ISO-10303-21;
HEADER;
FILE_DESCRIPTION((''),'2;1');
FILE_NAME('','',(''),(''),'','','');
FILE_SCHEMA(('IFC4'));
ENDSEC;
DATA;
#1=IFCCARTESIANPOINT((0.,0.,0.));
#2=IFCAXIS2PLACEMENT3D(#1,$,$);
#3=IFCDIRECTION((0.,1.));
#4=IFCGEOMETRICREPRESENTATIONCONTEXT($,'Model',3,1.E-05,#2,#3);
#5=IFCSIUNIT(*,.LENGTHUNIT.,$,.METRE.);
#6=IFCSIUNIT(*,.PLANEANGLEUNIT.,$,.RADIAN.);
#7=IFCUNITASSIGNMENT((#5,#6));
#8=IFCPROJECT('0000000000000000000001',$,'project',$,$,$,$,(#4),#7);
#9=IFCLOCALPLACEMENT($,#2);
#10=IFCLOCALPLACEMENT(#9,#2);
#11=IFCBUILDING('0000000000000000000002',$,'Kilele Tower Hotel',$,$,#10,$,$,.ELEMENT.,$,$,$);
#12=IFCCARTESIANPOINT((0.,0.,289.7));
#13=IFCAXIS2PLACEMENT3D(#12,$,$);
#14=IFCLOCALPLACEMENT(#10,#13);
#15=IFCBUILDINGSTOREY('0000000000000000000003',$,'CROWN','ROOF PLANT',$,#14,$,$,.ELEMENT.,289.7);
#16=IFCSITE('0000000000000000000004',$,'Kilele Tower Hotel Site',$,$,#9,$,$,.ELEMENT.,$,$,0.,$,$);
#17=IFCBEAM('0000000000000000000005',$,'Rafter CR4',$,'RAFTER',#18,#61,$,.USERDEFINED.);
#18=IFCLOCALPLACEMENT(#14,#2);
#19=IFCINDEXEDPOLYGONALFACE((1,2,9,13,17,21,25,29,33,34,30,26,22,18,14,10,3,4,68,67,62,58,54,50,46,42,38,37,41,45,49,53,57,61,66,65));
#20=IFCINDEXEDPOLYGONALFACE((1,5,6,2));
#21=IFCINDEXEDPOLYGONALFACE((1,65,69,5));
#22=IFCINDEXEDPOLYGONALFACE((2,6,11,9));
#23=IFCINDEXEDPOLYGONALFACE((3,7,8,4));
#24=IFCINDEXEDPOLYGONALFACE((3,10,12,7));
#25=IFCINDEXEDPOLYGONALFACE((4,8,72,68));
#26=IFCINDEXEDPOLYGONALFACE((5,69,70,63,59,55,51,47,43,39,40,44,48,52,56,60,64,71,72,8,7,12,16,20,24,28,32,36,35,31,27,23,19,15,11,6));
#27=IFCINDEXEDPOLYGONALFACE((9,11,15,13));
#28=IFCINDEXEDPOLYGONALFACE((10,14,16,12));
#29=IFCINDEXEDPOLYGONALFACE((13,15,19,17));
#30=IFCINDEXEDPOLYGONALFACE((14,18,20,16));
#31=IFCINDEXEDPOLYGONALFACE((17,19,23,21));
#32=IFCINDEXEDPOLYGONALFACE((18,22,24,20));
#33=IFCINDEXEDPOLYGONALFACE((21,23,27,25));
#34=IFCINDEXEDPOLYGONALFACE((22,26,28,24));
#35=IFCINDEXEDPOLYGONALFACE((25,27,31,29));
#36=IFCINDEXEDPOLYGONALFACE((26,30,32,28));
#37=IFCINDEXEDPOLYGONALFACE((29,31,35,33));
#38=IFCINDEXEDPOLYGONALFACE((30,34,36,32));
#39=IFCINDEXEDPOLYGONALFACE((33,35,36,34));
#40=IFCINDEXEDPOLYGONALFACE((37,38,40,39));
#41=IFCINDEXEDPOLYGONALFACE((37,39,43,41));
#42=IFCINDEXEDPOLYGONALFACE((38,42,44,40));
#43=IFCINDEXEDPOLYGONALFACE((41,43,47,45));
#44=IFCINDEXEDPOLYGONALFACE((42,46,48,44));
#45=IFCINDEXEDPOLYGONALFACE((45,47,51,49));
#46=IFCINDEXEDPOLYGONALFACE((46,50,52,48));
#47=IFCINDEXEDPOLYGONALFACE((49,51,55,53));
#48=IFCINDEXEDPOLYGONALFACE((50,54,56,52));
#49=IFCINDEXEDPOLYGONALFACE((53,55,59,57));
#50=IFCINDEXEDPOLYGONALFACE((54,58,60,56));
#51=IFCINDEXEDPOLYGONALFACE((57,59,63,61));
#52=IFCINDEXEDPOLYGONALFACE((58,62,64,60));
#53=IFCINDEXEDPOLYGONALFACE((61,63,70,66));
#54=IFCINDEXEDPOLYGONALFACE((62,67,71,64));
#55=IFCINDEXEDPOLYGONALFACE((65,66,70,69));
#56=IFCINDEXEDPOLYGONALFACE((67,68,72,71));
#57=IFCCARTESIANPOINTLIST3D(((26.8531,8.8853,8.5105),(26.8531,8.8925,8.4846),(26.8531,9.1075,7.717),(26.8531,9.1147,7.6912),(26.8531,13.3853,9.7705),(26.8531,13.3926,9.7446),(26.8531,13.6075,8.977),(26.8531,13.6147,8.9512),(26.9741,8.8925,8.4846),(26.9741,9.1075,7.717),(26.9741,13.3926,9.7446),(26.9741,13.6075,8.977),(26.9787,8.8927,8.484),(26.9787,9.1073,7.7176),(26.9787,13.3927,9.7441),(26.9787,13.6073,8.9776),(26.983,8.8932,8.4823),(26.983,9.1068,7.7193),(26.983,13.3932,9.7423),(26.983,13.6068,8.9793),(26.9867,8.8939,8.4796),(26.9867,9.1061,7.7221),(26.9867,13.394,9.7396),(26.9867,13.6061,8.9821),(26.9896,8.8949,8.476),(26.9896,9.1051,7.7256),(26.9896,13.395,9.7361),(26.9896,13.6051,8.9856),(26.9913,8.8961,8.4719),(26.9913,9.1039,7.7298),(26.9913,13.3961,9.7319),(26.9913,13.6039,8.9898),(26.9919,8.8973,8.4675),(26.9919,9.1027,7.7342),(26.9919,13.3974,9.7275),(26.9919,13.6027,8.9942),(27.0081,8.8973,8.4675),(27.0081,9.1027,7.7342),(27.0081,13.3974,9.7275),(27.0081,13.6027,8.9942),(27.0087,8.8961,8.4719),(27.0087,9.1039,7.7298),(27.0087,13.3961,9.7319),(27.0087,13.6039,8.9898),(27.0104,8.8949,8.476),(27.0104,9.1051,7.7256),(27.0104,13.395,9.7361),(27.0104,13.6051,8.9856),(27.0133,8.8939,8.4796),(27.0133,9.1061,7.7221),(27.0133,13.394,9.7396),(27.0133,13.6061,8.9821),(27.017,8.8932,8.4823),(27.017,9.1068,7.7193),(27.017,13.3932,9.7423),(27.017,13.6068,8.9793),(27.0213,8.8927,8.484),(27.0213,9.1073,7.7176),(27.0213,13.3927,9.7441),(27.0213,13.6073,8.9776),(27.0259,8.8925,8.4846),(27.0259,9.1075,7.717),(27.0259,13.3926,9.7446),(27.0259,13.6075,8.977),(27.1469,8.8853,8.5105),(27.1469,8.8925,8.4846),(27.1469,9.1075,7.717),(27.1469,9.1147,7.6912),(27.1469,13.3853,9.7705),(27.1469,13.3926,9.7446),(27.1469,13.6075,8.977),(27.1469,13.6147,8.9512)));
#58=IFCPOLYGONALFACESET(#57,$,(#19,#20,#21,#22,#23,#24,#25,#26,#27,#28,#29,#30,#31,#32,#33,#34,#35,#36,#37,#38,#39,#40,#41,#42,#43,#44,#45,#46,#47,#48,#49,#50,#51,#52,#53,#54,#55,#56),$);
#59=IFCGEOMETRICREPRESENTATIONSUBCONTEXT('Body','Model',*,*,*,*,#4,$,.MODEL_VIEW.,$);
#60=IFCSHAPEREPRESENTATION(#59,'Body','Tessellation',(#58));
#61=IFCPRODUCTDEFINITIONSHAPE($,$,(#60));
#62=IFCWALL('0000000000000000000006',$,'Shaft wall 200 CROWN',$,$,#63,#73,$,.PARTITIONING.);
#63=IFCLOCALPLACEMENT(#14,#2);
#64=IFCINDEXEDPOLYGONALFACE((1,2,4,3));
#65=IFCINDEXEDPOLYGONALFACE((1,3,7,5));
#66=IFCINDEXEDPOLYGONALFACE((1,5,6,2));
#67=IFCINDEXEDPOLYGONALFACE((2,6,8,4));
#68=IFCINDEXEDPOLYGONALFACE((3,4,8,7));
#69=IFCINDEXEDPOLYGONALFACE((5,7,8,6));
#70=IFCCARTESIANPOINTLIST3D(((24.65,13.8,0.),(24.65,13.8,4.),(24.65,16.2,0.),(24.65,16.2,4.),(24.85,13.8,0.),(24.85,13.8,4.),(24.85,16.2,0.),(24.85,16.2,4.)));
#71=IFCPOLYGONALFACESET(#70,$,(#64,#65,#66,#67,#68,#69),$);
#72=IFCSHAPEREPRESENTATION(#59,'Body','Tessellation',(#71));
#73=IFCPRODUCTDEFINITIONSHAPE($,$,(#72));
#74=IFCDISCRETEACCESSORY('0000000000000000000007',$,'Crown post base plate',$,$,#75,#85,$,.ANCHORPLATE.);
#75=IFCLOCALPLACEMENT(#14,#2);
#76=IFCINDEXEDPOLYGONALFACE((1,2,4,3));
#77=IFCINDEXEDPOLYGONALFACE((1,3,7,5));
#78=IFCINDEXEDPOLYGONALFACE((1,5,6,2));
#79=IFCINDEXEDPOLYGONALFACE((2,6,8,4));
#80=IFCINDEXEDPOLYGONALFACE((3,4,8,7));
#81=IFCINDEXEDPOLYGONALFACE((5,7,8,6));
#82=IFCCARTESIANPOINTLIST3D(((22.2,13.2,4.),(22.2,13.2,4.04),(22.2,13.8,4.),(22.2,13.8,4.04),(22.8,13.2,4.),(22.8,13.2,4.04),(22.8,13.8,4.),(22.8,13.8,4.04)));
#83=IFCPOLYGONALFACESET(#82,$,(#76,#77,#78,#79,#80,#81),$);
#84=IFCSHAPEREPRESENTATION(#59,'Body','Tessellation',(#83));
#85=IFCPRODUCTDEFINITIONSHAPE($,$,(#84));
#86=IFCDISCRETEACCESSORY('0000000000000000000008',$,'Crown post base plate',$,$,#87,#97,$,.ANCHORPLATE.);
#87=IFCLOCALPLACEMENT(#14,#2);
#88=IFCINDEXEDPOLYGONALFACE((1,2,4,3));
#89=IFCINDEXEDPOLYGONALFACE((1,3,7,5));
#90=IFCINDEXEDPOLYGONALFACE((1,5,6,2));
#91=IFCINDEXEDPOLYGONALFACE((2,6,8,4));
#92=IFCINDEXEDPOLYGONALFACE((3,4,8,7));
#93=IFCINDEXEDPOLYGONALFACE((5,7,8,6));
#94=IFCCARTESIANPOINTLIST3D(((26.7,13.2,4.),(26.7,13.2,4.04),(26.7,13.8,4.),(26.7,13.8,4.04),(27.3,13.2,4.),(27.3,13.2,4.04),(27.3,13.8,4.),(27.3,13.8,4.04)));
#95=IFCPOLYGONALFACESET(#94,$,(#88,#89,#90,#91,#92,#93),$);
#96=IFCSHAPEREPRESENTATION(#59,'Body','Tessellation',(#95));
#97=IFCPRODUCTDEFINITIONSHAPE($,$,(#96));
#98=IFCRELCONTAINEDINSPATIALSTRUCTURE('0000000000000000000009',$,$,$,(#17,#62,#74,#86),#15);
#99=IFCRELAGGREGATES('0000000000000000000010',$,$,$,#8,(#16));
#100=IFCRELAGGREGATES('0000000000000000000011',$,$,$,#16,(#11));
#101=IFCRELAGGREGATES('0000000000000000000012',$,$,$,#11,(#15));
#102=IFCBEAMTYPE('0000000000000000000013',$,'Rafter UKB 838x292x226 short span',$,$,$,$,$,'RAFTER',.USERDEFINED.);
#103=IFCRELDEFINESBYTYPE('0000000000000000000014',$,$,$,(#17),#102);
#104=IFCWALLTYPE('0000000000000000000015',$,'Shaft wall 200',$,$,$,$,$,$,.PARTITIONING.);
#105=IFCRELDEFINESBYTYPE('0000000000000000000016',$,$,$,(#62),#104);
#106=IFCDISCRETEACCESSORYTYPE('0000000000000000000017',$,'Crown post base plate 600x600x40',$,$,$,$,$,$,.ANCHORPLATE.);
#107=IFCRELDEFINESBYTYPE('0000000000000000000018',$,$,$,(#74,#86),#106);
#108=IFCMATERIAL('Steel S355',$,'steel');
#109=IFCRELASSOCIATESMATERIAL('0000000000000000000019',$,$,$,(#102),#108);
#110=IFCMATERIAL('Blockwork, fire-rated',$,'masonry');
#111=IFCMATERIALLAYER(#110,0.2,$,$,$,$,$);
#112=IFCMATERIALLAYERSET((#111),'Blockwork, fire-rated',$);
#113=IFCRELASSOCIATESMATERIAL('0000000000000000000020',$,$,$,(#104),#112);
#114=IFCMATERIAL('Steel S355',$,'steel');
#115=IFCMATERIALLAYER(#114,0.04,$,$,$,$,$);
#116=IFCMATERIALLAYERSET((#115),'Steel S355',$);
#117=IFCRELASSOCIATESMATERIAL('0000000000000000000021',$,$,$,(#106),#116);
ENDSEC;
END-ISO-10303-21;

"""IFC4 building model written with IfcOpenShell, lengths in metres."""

from ifc_helpers import new_model, si_unit, direction, frame, frame_2d, origin, origin_2d, place, context, subcontext, project, spatial, polyline, rectangle, i_section, outline, extrude, source, transform, mapped, material, layer, layer_set, material_profile, profile_set, type_object, element, save


model = new_model("IFC4")

# Units and contexts
model_context = context("Model", 3, precision=1e-05, world=origin(), true_north=direction((0.0, 1.0)))
body_context = subcontext(model_context, "Body", "Model", "MODEL_VIEW")
ifc_project = project(units=[si_unit("LENGTHUNIT", "METRE"), si_unit("PLANEANGLEUNIT", "RADIAN")], contexts=[model_context])

# Site, building, storey
site_placement = place(None, origin())
site = spatial("IfcSite", under=ifc_project, at=site_placement, Name="Kilele Tower Hotel Site", CompositionType="ELEMENT", RefElevation=0.0)
building_placement = place(site_placement, origin())
building = spatial("IfcBuilding", under=site, at=building_placement, Name="Kilele Tower Hotel", CompositionType="ELEMENT")
storey_placement = place(building_placement, frame((0.0, 0.0, 289.7)))
storey = spatial("IfcBuildingStorey", under=building, at=storey_placement, Name="CROWN", Description="ROOF PLANT", CompositionType="ELEMENT", Elevation=289.7)

# Beam
ifc_material_1 = material(Name="Steel S355", Category="steel")
ifc_material_profile_1 = material_profile(ifc_material_1, i_section(OverallWidth=0.2937, OverallDepth=0.8508, WebThickness=0.0161, FlangeThickness=0.0269, FilletRadius=0.0178, at=origin_2d()))
ifc_profile_set_1 = profile_set([ifc_material_profile_1], Name="Steel S355")
beam_type_1 = type_object("IfcBeamType", Name="Rafter UKB 838x292x226 short span", ElementType="RAFTER", PredefinedType="USERDEFINED", material=ifc_profile_set_1)
for number, where, z_axis, x_axis, name in (
    (1, (27.0, 9.0, 8.1008), (0.0, 0.962963, 0.269632), (-1.0, 0.0, 0.0), "Rafter CR4"),
):
    element("IfcBeam", number, at=place(storey_placement, frame(where, z_axis=z_axis, x_axis=x_axis)), inside=storey, type_object=beam_type_1, Name=name, ObjectType="RAFTER", PredefinedType="USERDEFINED", context=body_context, shape_type="SweptSolid", body=[
        extrude(i_section(OverallWidth=0.2937, OverallDepth=0.8508, WebThickness=0.0161, FlangeThickness=0.0269, FilletRadius=0.0178, at=origin_2d()), origin(), (0.0, 0.0, 1.0), 4.6731),
    ])

# Wall
ifc_material_2 = material(Name="Blockwork, fire-rated", Category="masonry")
ifc_layer_1 = layer(ifc_material_2, 0.2)
ifc_layer_set_1 = layer_set([ifc_layer_1], Name="Blockwork, fire-rated")
wall_type = type_object("IfcWallType", Name="Shaft wall 200", PredefinedType="PARTITIONING", material=ifc_layer_set_1)
wall_placement = place(storey_placement, frame((24.75, 13.8, 0.0), z_axis=(0.0, 0.0, 1.0), x_axis=(0.0, 1.0, 0.0)))
element("IfcWall", 2, at=wall_placement, inside=storey, type_object=wall_type, Name="Shaft wall 200 CROWN", PredefinedType="PARTITIONING", context=body_context, shape_type="SweptSolid", body=[
    extrude(rectangle(XDim=2.3999, YDim=0.2, at=frame_2d((1.2, 0.0))), origin(), (0.0, 0.0, 1.0), 4.0),
])

# Discrete accessories
ifc_material_3 = material(Name="Steel S355", Category="steel")
ifc_layer_2 = layer(ifc_material_3, 0.04)
ifc_layer_set_2 = layer_set([ifc_layer_2], Name="Steel S355")
discrete_accessory_type_1 = type_object("IfcDiscreteAccessoryType", Name="Crown post base plate 600x600x40", PredefinedType="ANCHORPLATE", material=ifc_layer_set_2)
shared_shape_1 = source(origin(), body_context, "Body", "SweptSolid", [
    extrude(outline(polyline([(0.0, 0.0), (0.6001, 0.0), (0.6001, 0.04), (0.0, 0.04), (0.0, 0.0)])), origin(), (0.0, 0.0, 1.0), 0.6001),
])
for number, where, z_axis, x_axis, name in (
    (3, (22.2, 13.8, 4.0), (0.0, -1.0, 0.0), (1.0, 0.0, 0.0), "Crown post base plate"),
    (4, (26.7, 13.8, 4.0), (0.0, -1.0, 0.0), (1.0, 0.0, 0.0), "Crown post base plate"),
):
    element("IfcDiscreteAccessory", number, at=place(storey_placement, frame(where, z_axis=z_axis, x_axis=x_axis)), inside=storey, type_object=discrete_accessory_type_1, Name=name, PredefinedType="ANCHORPLATE", context=body_context, shape_type="MappedRepresentation", body=[
        mapped(shared_shape_1, transform((0.0, 0.0, 0.0))),
    ])

save(model, "model.ifc")
